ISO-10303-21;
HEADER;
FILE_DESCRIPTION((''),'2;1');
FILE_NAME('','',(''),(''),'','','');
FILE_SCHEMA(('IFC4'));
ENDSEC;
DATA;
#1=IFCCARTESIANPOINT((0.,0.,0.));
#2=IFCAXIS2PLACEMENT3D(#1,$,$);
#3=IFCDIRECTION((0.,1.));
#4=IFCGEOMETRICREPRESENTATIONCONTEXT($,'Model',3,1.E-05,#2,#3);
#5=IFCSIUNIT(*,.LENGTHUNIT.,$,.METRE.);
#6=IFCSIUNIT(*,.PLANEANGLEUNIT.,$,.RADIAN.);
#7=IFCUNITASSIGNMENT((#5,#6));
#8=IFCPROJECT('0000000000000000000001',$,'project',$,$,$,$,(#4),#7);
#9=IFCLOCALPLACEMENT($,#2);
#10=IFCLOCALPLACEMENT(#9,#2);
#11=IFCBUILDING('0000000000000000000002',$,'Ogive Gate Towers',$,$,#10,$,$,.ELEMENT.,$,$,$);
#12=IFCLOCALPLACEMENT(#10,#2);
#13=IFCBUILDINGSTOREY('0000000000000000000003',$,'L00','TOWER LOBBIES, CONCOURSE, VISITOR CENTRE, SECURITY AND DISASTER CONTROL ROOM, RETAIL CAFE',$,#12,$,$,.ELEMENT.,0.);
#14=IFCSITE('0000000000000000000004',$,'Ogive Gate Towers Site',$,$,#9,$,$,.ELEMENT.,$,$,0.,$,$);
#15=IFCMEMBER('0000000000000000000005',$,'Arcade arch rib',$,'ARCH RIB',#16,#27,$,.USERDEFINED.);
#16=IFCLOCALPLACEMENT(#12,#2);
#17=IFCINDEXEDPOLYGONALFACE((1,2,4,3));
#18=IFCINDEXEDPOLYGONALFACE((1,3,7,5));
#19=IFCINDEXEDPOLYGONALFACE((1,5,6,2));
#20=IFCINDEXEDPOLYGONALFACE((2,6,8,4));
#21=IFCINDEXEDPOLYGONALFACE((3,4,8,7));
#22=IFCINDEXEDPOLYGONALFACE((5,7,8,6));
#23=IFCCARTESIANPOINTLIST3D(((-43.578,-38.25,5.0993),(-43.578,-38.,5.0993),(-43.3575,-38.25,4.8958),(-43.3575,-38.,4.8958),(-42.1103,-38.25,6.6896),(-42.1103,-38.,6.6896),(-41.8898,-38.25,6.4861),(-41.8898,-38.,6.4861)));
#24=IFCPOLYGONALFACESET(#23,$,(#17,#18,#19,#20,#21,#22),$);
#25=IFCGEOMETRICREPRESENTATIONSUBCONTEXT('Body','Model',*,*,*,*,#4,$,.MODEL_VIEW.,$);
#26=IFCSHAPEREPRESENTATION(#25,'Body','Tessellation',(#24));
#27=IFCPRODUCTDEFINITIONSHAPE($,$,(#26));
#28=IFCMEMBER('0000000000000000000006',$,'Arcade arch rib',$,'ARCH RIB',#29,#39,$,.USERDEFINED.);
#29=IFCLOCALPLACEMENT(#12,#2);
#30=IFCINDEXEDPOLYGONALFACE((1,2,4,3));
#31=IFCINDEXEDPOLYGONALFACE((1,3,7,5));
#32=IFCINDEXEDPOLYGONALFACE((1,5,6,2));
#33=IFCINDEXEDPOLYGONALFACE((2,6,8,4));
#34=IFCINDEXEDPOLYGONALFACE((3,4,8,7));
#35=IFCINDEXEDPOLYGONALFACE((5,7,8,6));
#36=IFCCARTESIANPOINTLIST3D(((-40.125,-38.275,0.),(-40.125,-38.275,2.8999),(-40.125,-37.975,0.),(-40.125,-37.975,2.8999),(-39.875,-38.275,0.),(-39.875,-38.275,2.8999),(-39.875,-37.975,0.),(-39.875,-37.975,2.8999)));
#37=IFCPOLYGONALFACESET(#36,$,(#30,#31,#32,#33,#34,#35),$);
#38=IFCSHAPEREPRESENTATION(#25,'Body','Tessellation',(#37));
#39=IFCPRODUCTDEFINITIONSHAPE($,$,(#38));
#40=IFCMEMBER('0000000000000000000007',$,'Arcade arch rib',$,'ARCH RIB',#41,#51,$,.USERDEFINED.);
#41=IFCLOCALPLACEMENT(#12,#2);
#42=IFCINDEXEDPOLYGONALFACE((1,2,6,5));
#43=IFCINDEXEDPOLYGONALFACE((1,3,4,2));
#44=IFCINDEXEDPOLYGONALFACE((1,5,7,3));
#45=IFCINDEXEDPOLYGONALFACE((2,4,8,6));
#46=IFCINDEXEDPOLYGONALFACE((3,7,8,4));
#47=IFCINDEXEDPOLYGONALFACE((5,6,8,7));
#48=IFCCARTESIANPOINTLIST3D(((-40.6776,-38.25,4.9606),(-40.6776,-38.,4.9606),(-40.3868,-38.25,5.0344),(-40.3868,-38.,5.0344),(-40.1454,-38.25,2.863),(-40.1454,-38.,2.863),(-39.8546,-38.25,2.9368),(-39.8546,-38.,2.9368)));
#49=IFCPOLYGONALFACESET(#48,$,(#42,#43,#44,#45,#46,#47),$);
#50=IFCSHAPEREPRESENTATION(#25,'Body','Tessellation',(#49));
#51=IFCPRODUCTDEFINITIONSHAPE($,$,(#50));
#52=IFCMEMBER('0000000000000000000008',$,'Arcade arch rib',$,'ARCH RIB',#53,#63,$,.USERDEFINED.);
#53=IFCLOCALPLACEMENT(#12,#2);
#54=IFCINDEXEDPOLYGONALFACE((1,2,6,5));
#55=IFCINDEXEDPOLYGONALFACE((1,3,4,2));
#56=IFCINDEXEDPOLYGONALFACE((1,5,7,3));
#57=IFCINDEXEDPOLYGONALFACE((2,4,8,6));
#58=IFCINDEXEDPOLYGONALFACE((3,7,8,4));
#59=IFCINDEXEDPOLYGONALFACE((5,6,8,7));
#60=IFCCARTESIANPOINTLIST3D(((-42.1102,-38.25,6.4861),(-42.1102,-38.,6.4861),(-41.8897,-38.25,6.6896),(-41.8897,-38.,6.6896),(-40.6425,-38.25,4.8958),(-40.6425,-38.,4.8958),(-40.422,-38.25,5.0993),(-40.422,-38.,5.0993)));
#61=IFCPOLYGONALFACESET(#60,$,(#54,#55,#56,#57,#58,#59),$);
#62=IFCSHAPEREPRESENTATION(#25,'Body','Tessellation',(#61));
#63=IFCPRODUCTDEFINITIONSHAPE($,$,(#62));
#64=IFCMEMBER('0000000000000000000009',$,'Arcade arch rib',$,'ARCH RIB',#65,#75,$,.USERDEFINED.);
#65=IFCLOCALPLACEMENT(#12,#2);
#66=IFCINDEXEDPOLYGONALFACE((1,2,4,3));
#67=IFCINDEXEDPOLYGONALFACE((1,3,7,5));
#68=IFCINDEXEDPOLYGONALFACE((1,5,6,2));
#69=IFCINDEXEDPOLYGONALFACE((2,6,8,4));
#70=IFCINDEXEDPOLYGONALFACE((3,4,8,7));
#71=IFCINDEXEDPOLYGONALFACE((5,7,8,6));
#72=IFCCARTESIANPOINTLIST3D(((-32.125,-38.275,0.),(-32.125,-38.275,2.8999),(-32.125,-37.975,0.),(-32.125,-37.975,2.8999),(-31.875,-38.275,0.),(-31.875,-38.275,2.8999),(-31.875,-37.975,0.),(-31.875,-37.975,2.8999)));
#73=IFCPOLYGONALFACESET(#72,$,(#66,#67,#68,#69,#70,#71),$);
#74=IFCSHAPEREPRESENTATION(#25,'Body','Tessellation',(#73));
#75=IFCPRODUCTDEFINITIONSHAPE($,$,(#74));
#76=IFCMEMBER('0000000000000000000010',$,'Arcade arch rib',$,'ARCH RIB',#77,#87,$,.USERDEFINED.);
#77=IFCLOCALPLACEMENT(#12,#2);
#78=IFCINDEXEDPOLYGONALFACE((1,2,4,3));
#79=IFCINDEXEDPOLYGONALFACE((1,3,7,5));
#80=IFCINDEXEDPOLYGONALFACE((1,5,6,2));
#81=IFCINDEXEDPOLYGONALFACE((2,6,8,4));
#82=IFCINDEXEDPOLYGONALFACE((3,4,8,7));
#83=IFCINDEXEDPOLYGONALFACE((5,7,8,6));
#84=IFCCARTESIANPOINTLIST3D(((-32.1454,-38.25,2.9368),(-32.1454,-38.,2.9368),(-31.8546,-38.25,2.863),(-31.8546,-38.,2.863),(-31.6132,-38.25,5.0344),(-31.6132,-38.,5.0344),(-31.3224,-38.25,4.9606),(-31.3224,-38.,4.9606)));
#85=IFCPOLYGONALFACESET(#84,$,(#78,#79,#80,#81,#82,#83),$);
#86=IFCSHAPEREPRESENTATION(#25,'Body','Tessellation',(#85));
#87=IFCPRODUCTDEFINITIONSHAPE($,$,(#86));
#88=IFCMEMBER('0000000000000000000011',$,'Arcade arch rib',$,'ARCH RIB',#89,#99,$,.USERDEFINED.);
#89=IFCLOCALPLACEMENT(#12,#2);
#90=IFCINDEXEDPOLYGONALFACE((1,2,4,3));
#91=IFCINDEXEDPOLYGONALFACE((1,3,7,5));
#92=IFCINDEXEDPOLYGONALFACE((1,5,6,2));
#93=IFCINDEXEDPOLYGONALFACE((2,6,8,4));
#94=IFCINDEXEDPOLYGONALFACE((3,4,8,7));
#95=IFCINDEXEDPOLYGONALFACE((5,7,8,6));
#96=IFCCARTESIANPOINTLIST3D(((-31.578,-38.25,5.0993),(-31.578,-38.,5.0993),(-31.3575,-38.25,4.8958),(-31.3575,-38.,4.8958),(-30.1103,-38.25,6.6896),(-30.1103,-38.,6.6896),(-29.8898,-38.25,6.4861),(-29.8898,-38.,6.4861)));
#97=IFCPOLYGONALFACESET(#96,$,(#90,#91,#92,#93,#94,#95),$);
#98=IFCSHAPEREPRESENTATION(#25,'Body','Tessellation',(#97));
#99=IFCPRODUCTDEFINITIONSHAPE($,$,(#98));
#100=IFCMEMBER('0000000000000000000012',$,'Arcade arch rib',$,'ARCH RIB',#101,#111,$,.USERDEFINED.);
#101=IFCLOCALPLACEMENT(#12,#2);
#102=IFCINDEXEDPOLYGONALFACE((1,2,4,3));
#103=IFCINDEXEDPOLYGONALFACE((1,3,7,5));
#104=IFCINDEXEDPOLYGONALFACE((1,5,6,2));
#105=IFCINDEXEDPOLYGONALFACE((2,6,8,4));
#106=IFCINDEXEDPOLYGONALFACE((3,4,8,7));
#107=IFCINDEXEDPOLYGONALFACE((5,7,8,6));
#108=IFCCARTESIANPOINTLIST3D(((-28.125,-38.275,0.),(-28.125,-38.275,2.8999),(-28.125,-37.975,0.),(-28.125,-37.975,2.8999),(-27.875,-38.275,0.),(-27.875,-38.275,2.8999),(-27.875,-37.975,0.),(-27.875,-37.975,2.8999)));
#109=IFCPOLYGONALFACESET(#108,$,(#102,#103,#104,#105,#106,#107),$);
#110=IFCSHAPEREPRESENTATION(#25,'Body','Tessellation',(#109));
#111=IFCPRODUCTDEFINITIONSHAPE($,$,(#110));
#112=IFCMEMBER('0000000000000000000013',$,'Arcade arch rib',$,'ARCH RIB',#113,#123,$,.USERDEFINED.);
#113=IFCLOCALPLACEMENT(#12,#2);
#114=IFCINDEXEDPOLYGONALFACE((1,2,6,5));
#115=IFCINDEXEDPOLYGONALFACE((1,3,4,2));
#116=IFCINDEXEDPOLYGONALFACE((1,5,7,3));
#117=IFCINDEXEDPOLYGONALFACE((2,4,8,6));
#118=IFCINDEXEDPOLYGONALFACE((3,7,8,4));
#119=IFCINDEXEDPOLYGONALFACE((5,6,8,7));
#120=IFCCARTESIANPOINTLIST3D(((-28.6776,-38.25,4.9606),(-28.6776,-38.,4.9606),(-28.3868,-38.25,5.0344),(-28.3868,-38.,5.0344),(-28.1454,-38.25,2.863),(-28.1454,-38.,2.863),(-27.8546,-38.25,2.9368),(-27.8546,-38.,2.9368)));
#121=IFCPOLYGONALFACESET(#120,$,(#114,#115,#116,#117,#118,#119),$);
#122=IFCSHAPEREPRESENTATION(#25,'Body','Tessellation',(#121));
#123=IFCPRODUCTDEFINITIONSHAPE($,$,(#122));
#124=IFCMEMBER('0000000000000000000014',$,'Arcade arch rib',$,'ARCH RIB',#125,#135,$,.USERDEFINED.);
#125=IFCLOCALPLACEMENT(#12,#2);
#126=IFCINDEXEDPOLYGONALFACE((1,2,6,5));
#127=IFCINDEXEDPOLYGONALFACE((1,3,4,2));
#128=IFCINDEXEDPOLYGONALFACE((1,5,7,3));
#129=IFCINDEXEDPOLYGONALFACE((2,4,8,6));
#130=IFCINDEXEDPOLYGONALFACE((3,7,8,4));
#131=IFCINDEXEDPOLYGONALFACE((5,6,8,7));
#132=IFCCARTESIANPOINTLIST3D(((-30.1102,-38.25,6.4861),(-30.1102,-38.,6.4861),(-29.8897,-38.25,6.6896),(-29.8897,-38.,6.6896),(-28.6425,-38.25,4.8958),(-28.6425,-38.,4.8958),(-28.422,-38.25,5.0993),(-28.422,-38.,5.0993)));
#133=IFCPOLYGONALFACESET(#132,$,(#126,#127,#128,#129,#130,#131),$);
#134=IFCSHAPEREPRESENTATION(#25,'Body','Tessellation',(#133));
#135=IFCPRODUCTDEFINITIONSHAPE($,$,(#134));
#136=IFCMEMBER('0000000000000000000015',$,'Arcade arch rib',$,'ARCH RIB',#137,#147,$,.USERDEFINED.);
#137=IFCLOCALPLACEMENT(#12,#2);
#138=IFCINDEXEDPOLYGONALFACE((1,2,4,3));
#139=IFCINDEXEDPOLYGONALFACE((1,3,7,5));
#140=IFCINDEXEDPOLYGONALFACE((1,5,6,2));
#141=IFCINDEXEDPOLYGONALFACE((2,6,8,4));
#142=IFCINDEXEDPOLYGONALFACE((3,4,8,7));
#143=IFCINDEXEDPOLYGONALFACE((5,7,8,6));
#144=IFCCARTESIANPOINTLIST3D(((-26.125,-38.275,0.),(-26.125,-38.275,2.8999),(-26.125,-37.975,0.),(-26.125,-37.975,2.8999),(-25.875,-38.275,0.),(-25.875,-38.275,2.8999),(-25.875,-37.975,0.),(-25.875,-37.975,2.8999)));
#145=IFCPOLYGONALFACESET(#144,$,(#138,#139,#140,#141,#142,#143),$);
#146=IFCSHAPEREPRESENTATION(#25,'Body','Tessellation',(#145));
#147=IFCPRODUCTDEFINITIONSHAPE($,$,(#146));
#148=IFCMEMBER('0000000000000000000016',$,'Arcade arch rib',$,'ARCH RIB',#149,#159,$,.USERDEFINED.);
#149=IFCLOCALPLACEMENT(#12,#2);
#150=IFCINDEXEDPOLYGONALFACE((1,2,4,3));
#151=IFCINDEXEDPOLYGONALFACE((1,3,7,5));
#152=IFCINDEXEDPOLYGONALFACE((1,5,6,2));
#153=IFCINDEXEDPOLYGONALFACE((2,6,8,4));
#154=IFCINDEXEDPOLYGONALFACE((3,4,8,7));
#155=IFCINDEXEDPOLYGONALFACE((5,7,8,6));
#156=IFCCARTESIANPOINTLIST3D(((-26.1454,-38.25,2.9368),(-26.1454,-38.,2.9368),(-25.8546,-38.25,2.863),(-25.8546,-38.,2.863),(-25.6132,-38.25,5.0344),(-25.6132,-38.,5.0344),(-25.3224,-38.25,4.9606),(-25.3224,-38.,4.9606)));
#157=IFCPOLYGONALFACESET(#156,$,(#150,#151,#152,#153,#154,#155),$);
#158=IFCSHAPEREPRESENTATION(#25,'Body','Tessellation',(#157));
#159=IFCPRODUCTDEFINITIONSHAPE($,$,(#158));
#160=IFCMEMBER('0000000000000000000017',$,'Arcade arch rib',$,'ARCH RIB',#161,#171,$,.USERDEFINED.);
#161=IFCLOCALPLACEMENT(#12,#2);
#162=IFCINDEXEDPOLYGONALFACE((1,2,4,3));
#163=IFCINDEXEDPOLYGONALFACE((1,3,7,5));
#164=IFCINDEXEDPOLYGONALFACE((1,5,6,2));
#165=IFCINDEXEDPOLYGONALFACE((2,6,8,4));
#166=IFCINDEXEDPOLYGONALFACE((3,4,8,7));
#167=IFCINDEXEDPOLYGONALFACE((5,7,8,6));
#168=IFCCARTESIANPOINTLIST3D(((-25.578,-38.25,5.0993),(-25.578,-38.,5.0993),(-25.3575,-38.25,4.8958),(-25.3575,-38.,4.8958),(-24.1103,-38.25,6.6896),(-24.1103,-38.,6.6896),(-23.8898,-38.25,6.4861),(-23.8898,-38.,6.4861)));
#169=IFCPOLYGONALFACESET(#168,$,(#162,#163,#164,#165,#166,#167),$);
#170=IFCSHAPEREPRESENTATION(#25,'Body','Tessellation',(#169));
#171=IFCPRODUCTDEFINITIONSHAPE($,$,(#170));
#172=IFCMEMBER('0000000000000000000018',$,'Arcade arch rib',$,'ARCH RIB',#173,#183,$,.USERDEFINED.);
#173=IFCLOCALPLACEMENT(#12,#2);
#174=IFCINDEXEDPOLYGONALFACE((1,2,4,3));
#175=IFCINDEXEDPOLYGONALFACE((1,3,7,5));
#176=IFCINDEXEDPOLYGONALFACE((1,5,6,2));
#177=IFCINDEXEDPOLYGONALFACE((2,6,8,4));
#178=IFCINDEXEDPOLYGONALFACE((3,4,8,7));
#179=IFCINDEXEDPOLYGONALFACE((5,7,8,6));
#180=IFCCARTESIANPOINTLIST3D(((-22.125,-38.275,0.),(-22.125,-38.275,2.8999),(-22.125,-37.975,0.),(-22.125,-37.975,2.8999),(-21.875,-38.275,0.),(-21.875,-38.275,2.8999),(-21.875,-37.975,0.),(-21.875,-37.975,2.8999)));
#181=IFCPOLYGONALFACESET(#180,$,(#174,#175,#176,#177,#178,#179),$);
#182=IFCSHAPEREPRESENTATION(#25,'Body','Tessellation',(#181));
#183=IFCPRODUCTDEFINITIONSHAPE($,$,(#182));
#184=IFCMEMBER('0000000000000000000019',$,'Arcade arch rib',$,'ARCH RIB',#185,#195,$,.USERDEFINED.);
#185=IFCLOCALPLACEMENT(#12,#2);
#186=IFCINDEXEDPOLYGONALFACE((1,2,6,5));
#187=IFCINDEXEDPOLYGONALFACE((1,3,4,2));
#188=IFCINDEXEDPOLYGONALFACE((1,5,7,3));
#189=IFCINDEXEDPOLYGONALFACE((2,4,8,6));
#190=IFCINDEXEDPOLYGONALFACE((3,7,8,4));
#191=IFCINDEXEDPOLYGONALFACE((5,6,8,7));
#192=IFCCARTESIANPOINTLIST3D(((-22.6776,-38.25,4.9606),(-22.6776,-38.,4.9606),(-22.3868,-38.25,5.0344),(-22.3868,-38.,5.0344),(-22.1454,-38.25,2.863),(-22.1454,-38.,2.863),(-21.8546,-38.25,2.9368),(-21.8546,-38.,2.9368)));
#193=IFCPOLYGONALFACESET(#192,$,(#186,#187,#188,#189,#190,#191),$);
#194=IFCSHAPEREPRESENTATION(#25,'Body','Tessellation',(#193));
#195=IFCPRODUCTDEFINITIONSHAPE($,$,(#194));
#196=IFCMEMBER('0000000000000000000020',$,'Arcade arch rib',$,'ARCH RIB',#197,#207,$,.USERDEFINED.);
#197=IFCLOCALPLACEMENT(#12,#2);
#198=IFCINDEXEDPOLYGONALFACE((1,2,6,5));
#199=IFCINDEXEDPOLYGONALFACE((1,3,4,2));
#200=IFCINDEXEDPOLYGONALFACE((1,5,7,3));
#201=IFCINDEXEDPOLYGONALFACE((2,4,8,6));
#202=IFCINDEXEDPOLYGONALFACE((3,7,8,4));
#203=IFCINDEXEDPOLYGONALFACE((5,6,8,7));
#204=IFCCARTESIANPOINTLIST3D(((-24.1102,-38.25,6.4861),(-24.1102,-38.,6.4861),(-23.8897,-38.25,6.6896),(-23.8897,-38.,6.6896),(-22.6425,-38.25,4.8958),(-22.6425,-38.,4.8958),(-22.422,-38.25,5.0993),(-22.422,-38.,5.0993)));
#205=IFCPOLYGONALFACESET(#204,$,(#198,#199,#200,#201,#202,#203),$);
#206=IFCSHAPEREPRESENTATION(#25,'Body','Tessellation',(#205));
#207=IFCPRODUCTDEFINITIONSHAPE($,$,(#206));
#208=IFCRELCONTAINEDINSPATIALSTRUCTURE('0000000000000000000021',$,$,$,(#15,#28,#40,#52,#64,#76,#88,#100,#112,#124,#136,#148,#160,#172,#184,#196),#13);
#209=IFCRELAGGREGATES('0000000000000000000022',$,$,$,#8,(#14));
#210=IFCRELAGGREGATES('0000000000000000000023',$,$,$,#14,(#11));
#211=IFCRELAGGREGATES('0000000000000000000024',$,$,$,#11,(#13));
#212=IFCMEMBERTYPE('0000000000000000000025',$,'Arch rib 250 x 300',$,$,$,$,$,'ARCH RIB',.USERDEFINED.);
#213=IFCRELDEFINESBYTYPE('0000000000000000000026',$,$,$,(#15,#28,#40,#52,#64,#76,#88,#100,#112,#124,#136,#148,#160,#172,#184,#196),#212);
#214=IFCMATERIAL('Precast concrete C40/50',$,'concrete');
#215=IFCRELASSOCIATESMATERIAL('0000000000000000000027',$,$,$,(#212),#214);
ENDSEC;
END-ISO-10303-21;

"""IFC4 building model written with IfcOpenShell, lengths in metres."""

from ifc_helpers import new_model, si_unit, direction, frame, origin, origin_2d, place, context, subcontext, project, spatial, rectangle, extrude, material, material_profile, profile_set, type_object, element, save


model = new_model("IFC4")

# Units and contexts
model_context = context("Model", 3, precision=1e-05, world=origin(), true_north=direction((0.0, 1.0)))
body_context = subcontext(model_context, "Body", "Model", "MODEL_VIEW")
ifc_project = project(units=[si_unit("LENGTHUNIT", "METRE"), si_unit("PLANEANGLEUNIT", "RADIAN")], contexts=[model_context])

# Site, building, storey
site_placement = place(None, origin())
site = spatial("IfcSite", under=ifc_project, at=site_placement, Name="Ogive Gate Towers Site", CompositionType="ELEMENT", RefElevation=0.0)
building_placement = place(site_placement, origin())
building = spatial("IfcBuilding", under=site, at=building_placement, Name="Ogive Gate Towers", CompositionType="ELEMENT")
storey_placement = place(building_placement, origin())
storey = spatial("IfcBuildingStorey", under=building, at=storey_placement, Name="L00", Description="TOWER LOBBIES, CONCOURSE, VISITOR CENTRE, SECURITY AND DISASTER CONTROL ROOM, RETAIL CAFE", CompositionType="ELEMENT", Elevation=0.0)

# Members
ifc_material_1 = material(Name="Precast concrete C40/50", Category="concrete")
ifc_material_profile = material_profile(ifc_material_1, rectangle(XDim=0.25, YDim=0.3, at=origin_2d()), Name="250 x 300 cast stone")
ifc_profile_set = profile_set([ifc_material_profile], Name="Precast concrete C40/50")
member_type = type_object("IfcMemberType", Name="Arch rib 250 x 300", ElementType="ARCH RIB", PredefinedType="USERDEFINED", material=ifc_profile_set)
member_1_placement = place(storey_placement, frame((-43.4678, -38.125, 4.9976), z_axis=(0.678224, 0.0, 0.734855), x_axis=(0.0, 1.0, 0.0)))
element("IfcMember", 1, at=member_1_placement, inside=storey, type_object=member_type, Name="Arcade arch rib", ObjectType="ARCH RIB", PredefinedType="USERDEFINED", context=body_context, shape_type="SweptSolid", body=[
    extrude(rectangle(XDim=0.25, YDim=0.3, at=origin_2d()), origin(), (0.0, 0.0, 1.0), 2.1641),
])
member_2_placement = place(storey_placement, frame((-40.0, -38.125, 0.0), z_axis=(0.0, 0.0, 1.0), x_axis=(1.0, 0.0, 0.0)))
element("IfcMember", 2, at=member_2_placement, inside=storey, type_object=member_type, Name="Arcade arch rib", ObjectType="ARCH RIB", PredefinedType="USERDEFINED", context=body_context, shape_type="SweptSolid", body=[
    extrude(rectangle(XDim=0.25, YDim=0.3, at=origin_2d()), origin(), (0.0, 0.0, 1.0), 2.8999),
])
for number, where, z_axis, x_axis, name in (
    (3, (-40.0, -38.125, 2.8999), (-0.245932, 0.0, 0.969287), (0.0, -1.0, 0.0), "Arcade arch rib"),
    (4, (-40.5322, -38.125, 4.9976), (-0.678224, 0.0, 0.734855), (0.0, -1.0, 0.0), "Arcade arch rib"),
):
    element("IfcMember", number, at=place(storey_placement, frame(where, z_axis=z_axis, x_axis=x_axis)), inside=storey, type_object=member_type, Name=name, ObjectType="ARCH RIB", PredefinedType="USERDEFINED", context=body_context, shape_type="SweptSolid", body=[
        extrude(rectangle(XDim=0.25, YDim=0.3, at=origin_2d()), origin(), (0.0, 0.0, 1.0), 2.1641),
    ])
member_3_placement = place(storey_placement, frame((-32.0, -38.125, 0.0), z_axis=(0.0, 0.0, 1.0), x_axis=(1.0, 0.0, 0.0)))
element("IfcMember", 5, at=member_3_placement, inside=storey, type_object=member_type, Name="Arcade arch rib", ObjectType="ARCH RIB", PredefinedType="USERDEFINED", context=body_context, shape_type="SweptSolid", body=[
    extrude(rectangle(XDim=0.25, YDim=0.3, at=origin_2d()), origin(), (0.0, 0.0, 1.0), 2.8999),
])
for number, where, z_axis, x_axis, name in (
    (6, (-32.0, -38.125, 2.8999), (0.245932, 0.0, 0.969287), (0.0, 1.0, 0.0), "Arcade arch rib"),
    (7, (-31.4678, -38.125, 4.9976), (0.678224, 0.0, 0.734855), (0.0, 1.0, 0.0), "Arcade arch rib"),
):
    element("IfcMember", number, at=place(storey_placement, frame(where, z_axis=z_axis, x_axis=x_axis)), inside=storey, type_object=member_type, Name=name, ObjectType="ARCH RIB", PredefinedType="USERDEFINED", context=body_context, shape_type="SweptSolid", body=[
        extrude(rectangle(XDim=0.25, YDim=0.3, at=origin_2d()), origin(), (0.0, 0.0, 1.0), 2.1641),
    ])
member_4_placement = place(storey_placement, frame((-28.0, -38.125, 0.0), z_axis=(0.0, 0.0, 1.0), x_axis=(1.0, 0.0, 0.0)))
element("IfcMember", 8, at=member_4_placement, inside=storey, type_object=member_type, Name="Arcade arch rib", ObjectType="ARCH RIB", PredefinedType="USERDEFINED", context=body_context, shape_type="SweptSolid", body=[
    extrude(rectangle(XDim=0.25, YDim=0.3, at=origin_2d()), origin(), (0.0, 0.0, 1.0), 2.8999),
])
for number, where, z_axis, x_axis, name in (
    (9, (-28.0, -38.125, 2.8999), (-0.245932, 0.0, 0.969287), (0.0, -1.0, 0.0), "Arcade arch rib"),
    (10, (-28.5322, -38.125, 4.9976), (-0.678224, 0.0, 0.734855), (0.0, -1.0, 0.0), "Arcade arch rib"),
):
    element("IfcMember", number, at=place(storey_placement, frame(where, z_axis=z_axis, x_axis=x_axis)), inside=storey, type_object=member_type, Name=name, ObjectType="ARCH RIB", PredefinedType="USERDEFINED", context=body_context, shape_type="SweptSolid", body=[
        extrude(rectangle(XDim=0.25, YDim=0.3, at=origin_2d()), origin(), (0.0, 0.0, 1.0), 2.1641),
    ])
member_5_placement = place(storey_placement, frame((-26.0, -38.125, 0.0), z_axis=(0.0, 0.0, 1.0), x_axis=(1.0, 0.0, 0.0)))
element("IfcMember", 11, at=member_5_placement, inside=storey, type_object=member_type, Name="Arcade arch rib", ObjectType="ARCH RIB", PredefinedType="USERDEFINED", context=body_context, shape_type="SweptSolid", body=[
    extrude(rectangle(XDim=0.25, YDim=0.3, at=origin_2d()), origin(), (0.0, 0.0, 1.0), 2.8999),
])
for number, where, z_axis, x_axis, name in (
    (12, (-26.0, -38.125, 2.8999), (0.245932, 0.0, 0.969287), (0.0, 1.0, 0.0), "Arcade arch rib"),
    (13, (-25.4678, -38.125, 4.9976), (0.678224, 0.0, 0.734855), (0.0, 1.0, 0.0), "Arcade arch rib"),
):
    element("IfcMember", number, at=place(storey_placement, frame(where, z_axis=z_axis, x_axis=x_axis)), inside=storey, type_object=member_type, Name=name, ObjectType="ARCH RIB", PredefinedType="USERDEFINED", context=body_context, shape_type="SweptSolid", body=[
        extrude(rectangle(XDim=0.25, YDim=0.3, at=origin_2d()), origin(), (0.0, 0.0, 1.0), 2.1641),
    ])
member_6_placement = place(storey_placement, frame((-22.0, -38.125, 0.0), z_axis=(0.0, 0.0, 1.0), x_axis=(1.0, 0.0, 0.0)))
element("IfcMember", 14, at=member_6_placement, inside=storey, type_object=member_type, Name="Arcade arch rib", ObjectType="ARCH RIB", PredefinedType="USERDEFINED", context=body_context, shape_type="SweptSolid", body=[
    extrude(rectangle(XDim=0.25, YDim=0.3, at=origin_2d()), origin(), (0.0, 0.0, 1.0), 2.8999),
])
for number, where, z_axis, x_axis, name in (
    (15, (-22.0, -38.125, 2.8999), (-0.245932, 0.0, 0.969287), (0.0, -1.0, 0.0), "Arcade arch rib"),
    (16, (-22.5322, -38.125, 4.9976), (-0.678224, 0.0, 0.734855), (0.0, -1.0, 0.0), "Arcade arch rib"),
):
    element("IfcMember", number, at=place(storey_placement, frame(where, z_axis=z_axis, x_axis=x_axis)), inside=storey, type_object=member_type, Name=name, ObjectType="ARCH RIB", PredefinedType="USERDEFINED", context=body_context, shape_type="SweptSolid", body=[
        extrude(rectangle(XDim=0.25, YDim=0.3, at=origin_2d()), origin(), (0.0, 0.0, 1.0), 2.1641),
    ])

save(model, "model.ifc")
